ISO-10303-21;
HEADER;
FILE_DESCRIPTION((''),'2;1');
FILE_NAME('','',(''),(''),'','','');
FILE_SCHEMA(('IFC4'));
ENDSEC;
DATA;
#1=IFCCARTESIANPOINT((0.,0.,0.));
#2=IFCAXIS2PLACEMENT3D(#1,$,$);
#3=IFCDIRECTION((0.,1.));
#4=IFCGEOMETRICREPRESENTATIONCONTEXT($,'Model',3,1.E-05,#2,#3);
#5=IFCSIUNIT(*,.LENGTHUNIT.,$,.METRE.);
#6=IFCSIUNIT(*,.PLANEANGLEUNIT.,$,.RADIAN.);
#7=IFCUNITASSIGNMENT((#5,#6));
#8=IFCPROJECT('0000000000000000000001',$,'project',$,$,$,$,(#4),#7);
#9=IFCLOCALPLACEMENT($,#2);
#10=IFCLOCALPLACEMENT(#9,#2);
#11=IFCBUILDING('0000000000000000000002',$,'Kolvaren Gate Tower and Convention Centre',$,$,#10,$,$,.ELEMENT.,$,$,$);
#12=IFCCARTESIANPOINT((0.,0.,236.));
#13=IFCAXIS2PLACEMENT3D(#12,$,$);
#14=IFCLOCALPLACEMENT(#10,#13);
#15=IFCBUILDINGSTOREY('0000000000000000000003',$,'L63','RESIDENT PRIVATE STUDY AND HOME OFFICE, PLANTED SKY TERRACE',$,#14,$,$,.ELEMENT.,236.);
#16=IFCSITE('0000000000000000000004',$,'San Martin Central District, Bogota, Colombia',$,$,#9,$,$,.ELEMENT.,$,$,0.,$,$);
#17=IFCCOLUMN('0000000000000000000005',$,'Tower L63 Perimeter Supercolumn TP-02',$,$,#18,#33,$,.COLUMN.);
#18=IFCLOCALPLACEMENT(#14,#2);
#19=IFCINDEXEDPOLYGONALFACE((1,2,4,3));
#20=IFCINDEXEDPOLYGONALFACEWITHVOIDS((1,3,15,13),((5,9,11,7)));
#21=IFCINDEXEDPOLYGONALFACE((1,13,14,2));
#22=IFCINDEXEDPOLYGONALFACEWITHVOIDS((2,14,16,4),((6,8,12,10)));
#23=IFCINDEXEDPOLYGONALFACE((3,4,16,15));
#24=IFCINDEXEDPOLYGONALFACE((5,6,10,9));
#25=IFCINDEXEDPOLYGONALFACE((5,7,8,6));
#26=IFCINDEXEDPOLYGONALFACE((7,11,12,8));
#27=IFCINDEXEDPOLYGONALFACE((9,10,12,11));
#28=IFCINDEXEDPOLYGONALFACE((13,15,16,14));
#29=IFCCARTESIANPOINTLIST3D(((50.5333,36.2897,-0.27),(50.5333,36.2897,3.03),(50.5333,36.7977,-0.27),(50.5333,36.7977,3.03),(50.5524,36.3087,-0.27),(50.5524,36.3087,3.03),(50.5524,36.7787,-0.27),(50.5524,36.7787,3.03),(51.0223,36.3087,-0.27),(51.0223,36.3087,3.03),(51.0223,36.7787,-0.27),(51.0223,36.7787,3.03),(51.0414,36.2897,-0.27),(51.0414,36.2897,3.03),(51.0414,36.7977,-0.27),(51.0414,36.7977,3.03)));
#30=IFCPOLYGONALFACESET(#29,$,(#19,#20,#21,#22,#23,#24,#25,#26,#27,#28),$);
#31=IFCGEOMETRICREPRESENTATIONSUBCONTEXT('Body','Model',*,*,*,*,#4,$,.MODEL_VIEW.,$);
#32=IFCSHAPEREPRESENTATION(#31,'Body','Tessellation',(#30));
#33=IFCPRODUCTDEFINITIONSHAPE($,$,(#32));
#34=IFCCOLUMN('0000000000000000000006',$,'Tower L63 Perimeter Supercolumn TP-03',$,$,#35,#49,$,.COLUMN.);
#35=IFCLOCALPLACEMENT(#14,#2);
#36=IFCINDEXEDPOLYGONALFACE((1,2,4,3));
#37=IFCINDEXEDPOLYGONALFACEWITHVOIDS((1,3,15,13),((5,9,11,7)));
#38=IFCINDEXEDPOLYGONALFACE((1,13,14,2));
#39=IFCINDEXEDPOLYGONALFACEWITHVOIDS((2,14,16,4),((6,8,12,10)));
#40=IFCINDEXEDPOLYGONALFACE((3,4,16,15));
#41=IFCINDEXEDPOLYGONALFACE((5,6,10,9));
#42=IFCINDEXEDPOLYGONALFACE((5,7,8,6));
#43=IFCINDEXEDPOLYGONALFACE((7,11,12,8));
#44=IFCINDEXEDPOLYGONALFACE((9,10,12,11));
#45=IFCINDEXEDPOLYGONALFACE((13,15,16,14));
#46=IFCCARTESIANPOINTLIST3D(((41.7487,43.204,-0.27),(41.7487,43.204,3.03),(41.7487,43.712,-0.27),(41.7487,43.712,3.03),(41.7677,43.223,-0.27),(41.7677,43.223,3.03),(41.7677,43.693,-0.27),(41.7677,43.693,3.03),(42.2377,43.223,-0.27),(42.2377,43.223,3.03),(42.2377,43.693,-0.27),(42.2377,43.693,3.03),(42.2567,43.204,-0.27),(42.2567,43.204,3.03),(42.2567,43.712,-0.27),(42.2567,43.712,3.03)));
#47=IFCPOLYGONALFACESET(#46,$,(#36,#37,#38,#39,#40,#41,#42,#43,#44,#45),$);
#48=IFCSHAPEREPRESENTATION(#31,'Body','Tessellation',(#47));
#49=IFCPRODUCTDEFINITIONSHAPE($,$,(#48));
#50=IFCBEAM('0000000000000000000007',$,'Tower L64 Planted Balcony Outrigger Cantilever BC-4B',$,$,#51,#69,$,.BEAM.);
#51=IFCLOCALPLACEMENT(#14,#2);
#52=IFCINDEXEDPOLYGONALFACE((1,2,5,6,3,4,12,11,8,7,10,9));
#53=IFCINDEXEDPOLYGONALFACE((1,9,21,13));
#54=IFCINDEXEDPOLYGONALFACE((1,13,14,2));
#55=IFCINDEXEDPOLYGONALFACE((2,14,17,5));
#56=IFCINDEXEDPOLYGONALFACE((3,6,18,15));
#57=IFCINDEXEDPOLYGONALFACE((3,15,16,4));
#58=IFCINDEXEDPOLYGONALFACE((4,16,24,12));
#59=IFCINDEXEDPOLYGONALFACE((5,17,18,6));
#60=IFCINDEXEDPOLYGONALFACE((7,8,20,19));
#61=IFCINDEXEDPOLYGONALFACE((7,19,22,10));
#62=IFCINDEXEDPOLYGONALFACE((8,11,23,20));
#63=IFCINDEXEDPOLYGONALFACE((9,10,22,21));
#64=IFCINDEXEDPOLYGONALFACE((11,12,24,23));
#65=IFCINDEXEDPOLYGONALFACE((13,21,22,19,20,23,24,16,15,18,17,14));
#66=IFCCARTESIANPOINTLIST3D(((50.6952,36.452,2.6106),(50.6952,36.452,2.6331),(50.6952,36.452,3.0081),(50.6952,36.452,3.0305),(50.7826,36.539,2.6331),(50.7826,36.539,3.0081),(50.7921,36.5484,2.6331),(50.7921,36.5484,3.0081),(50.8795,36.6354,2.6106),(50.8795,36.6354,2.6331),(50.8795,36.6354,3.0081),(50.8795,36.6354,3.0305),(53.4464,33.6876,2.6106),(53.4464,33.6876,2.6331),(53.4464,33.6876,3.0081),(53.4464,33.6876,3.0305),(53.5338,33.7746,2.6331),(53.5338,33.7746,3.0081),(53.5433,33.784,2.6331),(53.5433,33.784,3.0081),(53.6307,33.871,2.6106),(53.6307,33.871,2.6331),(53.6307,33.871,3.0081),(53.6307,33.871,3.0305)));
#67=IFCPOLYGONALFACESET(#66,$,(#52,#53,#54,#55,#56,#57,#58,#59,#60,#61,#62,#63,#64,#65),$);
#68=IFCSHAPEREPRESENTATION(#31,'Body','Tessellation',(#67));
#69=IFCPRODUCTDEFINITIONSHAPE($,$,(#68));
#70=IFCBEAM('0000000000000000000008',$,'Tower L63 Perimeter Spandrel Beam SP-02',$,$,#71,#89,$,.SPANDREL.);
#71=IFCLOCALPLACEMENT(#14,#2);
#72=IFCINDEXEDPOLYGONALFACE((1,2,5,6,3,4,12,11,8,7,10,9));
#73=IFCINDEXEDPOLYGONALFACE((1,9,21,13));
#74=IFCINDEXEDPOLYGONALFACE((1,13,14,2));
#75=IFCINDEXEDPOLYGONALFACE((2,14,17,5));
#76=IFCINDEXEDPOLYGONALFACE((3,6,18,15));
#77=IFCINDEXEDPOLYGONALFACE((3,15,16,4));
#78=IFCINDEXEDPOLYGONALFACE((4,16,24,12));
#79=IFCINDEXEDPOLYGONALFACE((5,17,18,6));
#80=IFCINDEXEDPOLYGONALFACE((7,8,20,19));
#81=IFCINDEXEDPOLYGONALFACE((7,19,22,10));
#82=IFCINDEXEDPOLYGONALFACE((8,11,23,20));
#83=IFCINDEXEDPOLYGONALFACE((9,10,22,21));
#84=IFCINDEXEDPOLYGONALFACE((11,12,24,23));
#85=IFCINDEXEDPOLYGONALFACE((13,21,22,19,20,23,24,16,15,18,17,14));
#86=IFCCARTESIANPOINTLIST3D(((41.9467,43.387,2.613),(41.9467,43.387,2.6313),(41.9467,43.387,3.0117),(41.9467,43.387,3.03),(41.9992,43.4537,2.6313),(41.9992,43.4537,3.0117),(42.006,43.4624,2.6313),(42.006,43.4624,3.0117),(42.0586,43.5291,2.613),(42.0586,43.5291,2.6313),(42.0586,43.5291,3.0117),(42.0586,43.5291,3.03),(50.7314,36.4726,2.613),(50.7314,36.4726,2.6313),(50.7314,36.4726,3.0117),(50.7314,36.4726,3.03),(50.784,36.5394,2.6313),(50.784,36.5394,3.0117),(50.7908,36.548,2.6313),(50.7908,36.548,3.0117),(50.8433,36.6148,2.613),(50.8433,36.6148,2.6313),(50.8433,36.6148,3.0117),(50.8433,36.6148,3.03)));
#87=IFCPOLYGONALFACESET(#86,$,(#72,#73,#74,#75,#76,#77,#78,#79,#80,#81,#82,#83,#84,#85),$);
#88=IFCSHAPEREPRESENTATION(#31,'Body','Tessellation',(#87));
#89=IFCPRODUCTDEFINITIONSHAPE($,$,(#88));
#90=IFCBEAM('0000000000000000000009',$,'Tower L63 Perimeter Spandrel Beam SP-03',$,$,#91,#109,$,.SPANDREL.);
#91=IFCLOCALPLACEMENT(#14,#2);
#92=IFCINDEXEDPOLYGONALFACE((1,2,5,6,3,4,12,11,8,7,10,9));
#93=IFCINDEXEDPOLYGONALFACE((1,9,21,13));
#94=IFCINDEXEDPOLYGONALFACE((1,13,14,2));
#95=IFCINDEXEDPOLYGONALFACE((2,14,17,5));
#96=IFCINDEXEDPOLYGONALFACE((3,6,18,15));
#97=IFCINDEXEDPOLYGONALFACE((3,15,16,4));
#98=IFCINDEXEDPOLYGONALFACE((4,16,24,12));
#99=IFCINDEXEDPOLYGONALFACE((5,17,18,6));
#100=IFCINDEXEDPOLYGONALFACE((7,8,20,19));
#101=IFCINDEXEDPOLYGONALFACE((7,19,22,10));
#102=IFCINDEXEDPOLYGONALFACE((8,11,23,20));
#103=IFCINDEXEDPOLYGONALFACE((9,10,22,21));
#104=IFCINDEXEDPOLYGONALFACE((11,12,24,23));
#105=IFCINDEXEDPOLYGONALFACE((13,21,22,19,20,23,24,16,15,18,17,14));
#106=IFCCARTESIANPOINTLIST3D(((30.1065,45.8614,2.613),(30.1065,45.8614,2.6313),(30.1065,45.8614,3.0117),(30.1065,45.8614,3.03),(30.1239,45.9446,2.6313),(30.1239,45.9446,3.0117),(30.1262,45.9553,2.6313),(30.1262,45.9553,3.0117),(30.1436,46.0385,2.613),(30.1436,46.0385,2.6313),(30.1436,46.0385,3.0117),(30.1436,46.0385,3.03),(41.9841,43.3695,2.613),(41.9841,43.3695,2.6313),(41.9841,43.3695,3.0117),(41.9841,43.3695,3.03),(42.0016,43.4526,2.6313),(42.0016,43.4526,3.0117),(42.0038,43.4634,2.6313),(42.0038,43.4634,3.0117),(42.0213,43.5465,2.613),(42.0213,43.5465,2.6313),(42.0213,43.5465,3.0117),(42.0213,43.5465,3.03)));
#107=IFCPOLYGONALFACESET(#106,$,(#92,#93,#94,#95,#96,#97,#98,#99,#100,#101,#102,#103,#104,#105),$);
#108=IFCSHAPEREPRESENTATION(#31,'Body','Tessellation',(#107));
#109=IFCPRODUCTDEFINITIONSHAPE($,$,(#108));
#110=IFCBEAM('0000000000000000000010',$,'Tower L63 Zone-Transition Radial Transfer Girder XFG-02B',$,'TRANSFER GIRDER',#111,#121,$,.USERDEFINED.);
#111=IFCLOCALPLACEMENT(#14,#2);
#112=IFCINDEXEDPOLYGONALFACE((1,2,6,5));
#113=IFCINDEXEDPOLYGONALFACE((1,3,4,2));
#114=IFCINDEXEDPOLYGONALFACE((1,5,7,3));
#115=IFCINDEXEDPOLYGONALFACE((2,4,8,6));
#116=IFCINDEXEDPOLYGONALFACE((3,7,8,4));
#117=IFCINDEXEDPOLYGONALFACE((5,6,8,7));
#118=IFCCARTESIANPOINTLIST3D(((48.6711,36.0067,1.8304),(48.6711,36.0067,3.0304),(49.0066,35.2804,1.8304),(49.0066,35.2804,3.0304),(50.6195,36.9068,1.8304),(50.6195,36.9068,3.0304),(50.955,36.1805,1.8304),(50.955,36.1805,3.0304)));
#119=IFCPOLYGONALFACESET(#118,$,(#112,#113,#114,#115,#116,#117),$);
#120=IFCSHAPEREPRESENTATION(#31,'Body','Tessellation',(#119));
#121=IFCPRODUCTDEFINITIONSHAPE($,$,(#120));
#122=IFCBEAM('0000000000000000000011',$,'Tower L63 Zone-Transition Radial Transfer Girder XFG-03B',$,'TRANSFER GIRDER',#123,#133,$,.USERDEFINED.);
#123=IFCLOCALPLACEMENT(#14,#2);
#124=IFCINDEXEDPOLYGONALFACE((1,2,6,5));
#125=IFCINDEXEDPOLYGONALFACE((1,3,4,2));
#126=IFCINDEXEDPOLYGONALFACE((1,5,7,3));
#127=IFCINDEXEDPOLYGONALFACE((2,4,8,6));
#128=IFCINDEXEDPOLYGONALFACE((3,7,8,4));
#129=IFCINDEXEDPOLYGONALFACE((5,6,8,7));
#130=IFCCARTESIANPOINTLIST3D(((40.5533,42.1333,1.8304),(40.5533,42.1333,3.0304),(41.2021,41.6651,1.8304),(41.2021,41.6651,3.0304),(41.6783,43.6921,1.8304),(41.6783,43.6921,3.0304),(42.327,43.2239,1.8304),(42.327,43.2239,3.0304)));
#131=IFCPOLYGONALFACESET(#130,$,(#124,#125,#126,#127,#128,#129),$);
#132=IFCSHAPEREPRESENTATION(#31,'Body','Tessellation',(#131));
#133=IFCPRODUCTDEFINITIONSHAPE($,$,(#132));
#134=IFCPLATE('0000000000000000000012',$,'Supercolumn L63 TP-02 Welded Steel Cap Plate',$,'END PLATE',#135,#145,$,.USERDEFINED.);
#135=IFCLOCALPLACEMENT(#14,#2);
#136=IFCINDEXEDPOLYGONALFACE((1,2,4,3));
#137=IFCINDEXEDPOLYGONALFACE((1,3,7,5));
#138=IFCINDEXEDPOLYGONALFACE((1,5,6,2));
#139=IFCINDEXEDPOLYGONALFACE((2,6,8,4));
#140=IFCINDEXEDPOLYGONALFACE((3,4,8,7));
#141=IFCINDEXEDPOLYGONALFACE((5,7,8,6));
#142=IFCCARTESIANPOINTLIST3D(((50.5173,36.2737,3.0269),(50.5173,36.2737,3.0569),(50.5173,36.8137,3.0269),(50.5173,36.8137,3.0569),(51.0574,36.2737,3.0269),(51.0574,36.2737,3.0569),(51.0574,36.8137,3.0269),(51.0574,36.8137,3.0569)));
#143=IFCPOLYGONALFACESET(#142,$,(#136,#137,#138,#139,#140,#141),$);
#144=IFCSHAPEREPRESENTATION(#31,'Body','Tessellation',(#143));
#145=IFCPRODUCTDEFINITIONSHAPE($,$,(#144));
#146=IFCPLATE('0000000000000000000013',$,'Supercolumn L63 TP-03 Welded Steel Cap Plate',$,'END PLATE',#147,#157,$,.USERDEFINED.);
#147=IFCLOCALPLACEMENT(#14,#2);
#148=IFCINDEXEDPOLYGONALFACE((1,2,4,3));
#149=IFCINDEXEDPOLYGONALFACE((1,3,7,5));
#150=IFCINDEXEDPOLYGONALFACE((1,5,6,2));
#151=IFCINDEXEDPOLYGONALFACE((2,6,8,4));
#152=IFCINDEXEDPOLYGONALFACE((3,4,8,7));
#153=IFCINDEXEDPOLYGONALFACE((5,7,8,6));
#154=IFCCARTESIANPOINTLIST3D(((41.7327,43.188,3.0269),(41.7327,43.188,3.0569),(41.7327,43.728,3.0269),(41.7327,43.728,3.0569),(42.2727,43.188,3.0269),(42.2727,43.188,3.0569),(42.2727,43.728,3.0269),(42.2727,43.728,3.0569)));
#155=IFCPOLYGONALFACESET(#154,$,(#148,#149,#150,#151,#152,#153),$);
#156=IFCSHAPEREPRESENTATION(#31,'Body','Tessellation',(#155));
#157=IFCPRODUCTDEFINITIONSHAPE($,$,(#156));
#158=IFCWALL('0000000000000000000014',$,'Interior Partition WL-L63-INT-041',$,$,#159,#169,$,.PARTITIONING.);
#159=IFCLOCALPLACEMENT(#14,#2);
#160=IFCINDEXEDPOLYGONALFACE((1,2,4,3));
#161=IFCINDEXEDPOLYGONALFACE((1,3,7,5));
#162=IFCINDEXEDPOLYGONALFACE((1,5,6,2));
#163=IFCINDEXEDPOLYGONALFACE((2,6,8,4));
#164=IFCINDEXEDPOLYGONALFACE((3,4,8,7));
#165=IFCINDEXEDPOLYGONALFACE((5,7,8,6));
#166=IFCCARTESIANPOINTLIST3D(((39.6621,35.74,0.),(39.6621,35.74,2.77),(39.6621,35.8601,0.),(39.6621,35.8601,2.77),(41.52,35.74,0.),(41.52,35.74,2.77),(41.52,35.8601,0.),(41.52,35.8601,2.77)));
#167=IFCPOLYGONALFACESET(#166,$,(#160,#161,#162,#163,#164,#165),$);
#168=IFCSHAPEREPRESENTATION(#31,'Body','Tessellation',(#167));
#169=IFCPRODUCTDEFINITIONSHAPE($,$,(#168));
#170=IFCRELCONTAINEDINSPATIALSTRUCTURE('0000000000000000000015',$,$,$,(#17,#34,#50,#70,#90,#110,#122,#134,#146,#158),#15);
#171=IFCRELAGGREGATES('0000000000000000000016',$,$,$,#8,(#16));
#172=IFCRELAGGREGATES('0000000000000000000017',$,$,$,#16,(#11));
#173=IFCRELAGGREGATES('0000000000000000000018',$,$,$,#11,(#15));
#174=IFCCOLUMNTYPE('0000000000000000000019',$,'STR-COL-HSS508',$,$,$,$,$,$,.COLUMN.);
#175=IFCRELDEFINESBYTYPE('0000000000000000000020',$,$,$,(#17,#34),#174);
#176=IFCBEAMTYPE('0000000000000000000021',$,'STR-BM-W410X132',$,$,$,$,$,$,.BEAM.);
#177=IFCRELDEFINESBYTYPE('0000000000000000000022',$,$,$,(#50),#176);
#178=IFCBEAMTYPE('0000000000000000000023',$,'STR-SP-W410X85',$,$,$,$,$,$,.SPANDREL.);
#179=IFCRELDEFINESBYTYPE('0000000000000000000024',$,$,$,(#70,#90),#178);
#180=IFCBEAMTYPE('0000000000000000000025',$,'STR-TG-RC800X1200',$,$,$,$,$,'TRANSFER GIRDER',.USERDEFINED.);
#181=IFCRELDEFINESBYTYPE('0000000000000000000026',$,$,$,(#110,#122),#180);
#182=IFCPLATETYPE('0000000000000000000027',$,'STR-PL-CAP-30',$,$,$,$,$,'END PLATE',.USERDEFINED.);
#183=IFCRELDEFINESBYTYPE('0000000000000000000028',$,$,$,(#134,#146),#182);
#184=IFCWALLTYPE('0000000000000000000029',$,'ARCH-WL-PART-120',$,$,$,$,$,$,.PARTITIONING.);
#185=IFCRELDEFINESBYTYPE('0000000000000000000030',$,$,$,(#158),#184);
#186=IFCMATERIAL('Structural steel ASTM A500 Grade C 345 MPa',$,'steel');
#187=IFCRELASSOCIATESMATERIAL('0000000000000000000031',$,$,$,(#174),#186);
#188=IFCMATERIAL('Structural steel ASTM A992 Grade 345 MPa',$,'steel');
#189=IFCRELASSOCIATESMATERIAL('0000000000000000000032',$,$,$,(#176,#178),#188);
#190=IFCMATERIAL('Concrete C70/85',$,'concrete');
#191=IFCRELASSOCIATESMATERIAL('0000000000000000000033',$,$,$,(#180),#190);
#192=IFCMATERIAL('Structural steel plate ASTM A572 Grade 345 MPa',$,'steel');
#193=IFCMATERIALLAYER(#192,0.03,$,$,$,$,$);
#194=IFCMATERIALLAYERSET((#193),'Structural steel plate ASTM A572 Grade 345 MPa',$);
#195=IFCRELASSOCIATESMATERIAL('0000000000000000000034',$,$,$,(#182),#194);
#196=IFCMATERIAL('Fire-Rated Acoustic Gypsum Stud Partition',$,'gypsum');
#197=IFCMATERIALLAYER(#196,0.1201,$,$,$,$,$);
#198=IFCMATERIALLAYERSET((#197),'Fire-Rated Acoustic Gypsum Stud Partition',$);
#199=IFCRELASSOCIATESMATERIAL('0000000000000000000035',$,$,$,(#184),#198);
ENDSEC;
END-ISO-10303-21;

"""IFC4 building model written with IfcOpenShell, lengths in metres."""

from ifc_helpers import new_model, si_unit, direction, frame, frame_2d, origin, origin_2d, place, context, subcontext, project, spatial, rectangle, hollow_rectangle, i_section, extrude, material, layer, layer_set, material_profile, profile_set, type_object, element, save


model = new_model("IFC4")

# Units and contexts
model_context = context("Model", 3, precision=1e-05, world=origin(), true_north=direction((0.0, 1.0)))
body_context = subcontext(model_context, "Body", "Model", "MODEL_VIEW")
ifc_project = project(units=[si_unit("LENGTHUNIT", "METRE"), si_unit("PLANEANGLEUNIT", "RADIAN")], contexts=[model_context])

# Site, building, storey
site_placement = place(None, origin())
site = spatial("IfcSite", under=ifc_project, at=site_placement, Name="San Martin Central District, Bogota, Colombia", CompositionType="ELEMENT", RefElevation=0.0)
building_placement = place(site_placement, origin())
building = spatial("IfcBuilding", under=site, at=building_placement, Name="Kolvaren Gate Tower and Convention Centre", CompositionType="ELEMENT")
storey_placement = place(building_placement, frame((0.0, 0.0, 236.0)))
storey = spatial("IfcBuildingStorey", under=building, at=storey_placement, Name="L63", Description="RESIDENT PRIVATE STUDY AND HOME OFFICE, PLANTED SKY TERRACE", CompositionType="ELEMENT", Elevation=236.0)

# Columns
ifc_material_1 = material(Name="Structural steel ASTM A500 Grade C 345 MPa", Category="steel")
ifc_material_profile_1 = material_profile(ifc_material_1, hollow_rectangle(XDim=0.5081, YDim=0.5081, WallThickness=0.019, at=origin_2d()), Name="HSS508X508X19.1")
ifc_profile_set_1 = profile_set([ifc_material_profile_1], Name="Structural steel ASTM A500 Grade C 345 MPa")
column_type = type_object("IfcColumnType", Name="STR-COL-HSS508", PredefinedType="COLUMN", material=ifc_profile_set_1)
for number, where, z_axis, x_axis, name in (
    (1, (50.7874, 36.5437, -0.27), (0.0, 0.0, 1.0), (1.0, 0.0, 0.0), "Tower L63 Perimeter Supercolumn TP-02"),
    (2, (42.0027, 43.458, -0.27), (0.0, 0.0, 1.0), (1.0, 0.0, 0.0), "Tower L63 Perimeter Supercolumn TP-03"),
):
    element("IfcColumn", number, at=place(storey_placement, frame(where, z_axis=z_axis, x_axis=x_axis)), inside=storey, type_object=column_type, Name=name, PredefinedType="COLUMN", context=body_context, shape_type="SweptSolid", body=[
        extrude(hollow_rectangle(XDim=0.5081, YDim=0.5081, WallThickness=0.019, at=origin_2d()), origin(), (0.0, 0.0, 1.0), 3.3),
    ])

# Beams
ifc_material_2 = material(Name="Structural steel ASTM A992 Grade 345 MPa", Category="steel")
ifc_material_profile_2 = material_profile(ifc_material_2, i_section(OverallWidth=0.26, OverallDepth=0.4199, WebThickness=0.0134, FlangeThickness=0.0225, at=origin_2d()), Name="W410X132")
ifc_profile_set_2 = profile_set([ifc_material_profile_2], Name="Structural steel ASTM A992 Grade 345 MPa")
beam_type_1 = type_object("IfcBeamType", Name="STR-BM-W410X132", PredefinedType="BEAM", material=ifc_profile_set_2)
beam_1_placement = place(storey_placement, frame((50.7874, 36.5437, 2.8206), z_axis=(0.705415, -0.708795, 0.0), x_axis=(0.708795, 0.705415, 0.0)))
element("IfcBeam", 3, at=beam_1_placement, inside=storey, type_object=beam_type_1, Name="Tower L64 Planted Balcony Outrigger Cantilever BC-4B", PredefinedType="BEAM", context=body_context, shape_type="SweptSolid", body=[
    extrude(i_section(OverallWidth=0.26, OverallDepth=0.4199, WebThickness=0.0134, FlangeThickness=0.0225, at=origin_2d()), origin(), (0.0, 0.0, 1.0), 3.9001),
])
ifc_material_profile_3 = material_profile(ifc_material_2, i_section(OverallWidth=0.1809, OverallDepth=0.417, WebThickness=0.011, FlangeThickness=0.0183, at=origin_2d()), Name="W410X85")
ifc_profile_set_3 = profile_set([ifc_material_profile_3], Name="Structural steel ASTM A992 Grade 345 MPa")
beam_type_2 = type_object("IfcBeamType", Name="STR-SP-W410X85", PredefinedType="SPANDREL", material=ifc_profile_set_3)
beam_2_placement = place(storey_placement, frame((50.7874, 36.5437, 2.8215), z_axis=(-0.785794, 0.618489, 0.0), x_axis=(-0.618489, -0.785794, 0.0)))
element("IfcBeam", 4, at=beam_2_placement, inside=storey, type_object=beam_type_2, Name="Tower L63 Perimeter Spandrel Beam SP-02", PredefinedType="SPANDREL", context=body_context, shape_type="SweptSolid", body=[
    extrude(i_section(OverallWidth=0.1809, OverallDepth=0.417, WebThickness=0.011, FlangeThickness=0.0183, at=origin_2d()), origin(), (0.0, 0.0, 1.0), 11.1794),
])
beam_3_placement = place(storey_placement, frame((42.0027, 43.458, 2.8215), z_axis=(-0.978693, 0.20533, 0.0), x_axis=(-0.20533, -0.978693, 0.0)))
element("IfcBeam", 5, at=beam_3_placement, inside=storey, type_object=beam_type_2, Name="Tower L63 Perimeter Spandrel Beam SP-03", PredefinedType="SPANDREL", context=body_context, shape_type="SweptSolid", body=[
    extrude(i_section(OverallWidth=0.1809, OverallDepth=0.417, WebThickness=0.011, FlangeThickness=0.0183, at=origin_2d()), origin(), (0.0, 0.0, 1.0), 12.1362),
])
ifc_material_3 = material(Name="Concrete C70/85", Category="concrete")
ifc_material_profile_4 = material_profile(ifc_material_3, rectangle(XDim=0.8, YDim=1.2, at=origin_2d()), Name="RC-BM-800X1200")
ifc_profile_set_4 = profile_set([ifc_material_profile_4], Name="Concrete C70/85")
beam_type_3 = type_object("IfcBeamType", Name="STR-TG-RC800X1200", ElementType="TRANSFER GIRDER", PredefinedType="USERDEFINED", material=ifc_profile_set_4)
beam_4_placement = place(storey_placement, frame((48.8389, 35.6436, 2.4304), z_axis=(0.90781, 0.419383, 0.0), x_axis=(-0.419383, 0.90781, 0.0)))
element("IfcBeam", 6, at=beam_4_placement, inside=storey, type_object=beam_type_3, Name="Tower L63 Zone-Transition Radial Transfer Girder XFG-02B", ObjectType="TRANSFER GIRDER", PredefinedType="USERDEFINED", context=body_context, shape_type="SweptSolid", body=[
    extrude(rectangle(XDim=0.8, YDim=1.2, at=origin_2d()), origin(), (0.0, 0.0, 1.0), 2.1462),
])
beam_5_placement = place(storey_placement, frame((40.8777, 41.8992, 2.4304), z_axis=(0.585208, 0.810883, 0.0), x_axis=(-0.810883, 0.585208, 0.0)))
element("IfcBeam", 7, at=beam_5_placement, inside=storey, type_object=beam_type_3, Name="Tower L63 Zone-Transition Radial Transfer Girder XFG-03B", ObjectType="TRANSFER GIRDER", PredefinedType="USERDEFINED", context=body_context, shape_type="SweptSolid", body=[
    extrude(rectangle(XDim=0.8, YDim=1.2, at=origin_2d()), origin(), (0.0, 0.0, 1.0), 1.9224),
])

# Plates
ifc_material_4 = material(Name="Structural steel plate ASTM A572 Grade 345 MPa", Category="steel")
ifc_layer_1 = layer(ifc_material_4, 0.03)
ifc_layer_set_1 = layer_set([ifc_layer_1], Name="Structural steel plate ASTM A572 Grade 345 MPa")
plate_type = type_object("IfcPlateType", Name="STR-PL-CAP-30", ElementType="END PLATE", PredefinedType="USERDEFINED", material=ifc_layer_set_1)
for number, where, z_axis, x_axis, name in (
    (8, (50.7874, 36.5437, 3.0269), (0.0, 0.0, 1.0), (1.0, 0.0, 0.0), "Supercolumn L63 TP-02 Welded Steel Cap Plate"),
    (9, (42.0027, 43.458, 3.0269), (0.0, 0.0, 1.0), (1.0, 0.0, 0.0), "Supercolumn L63 TP-03 Welded Steel Cap Plate"),
):
    element("IfcPlate", number, at=place(storey_placement, frame(where, z_axis=z_axis, x_axis=x_axis)), inside=storey, type_object=plate_type, Name=name, ObjectType="END PLATE", PredefinedType="USERDEFINED", context=body_context, shape_type="SweptSolid", body=[
        extrude(rectangle(XDim=0.54, YDim=0.54, at=origin_2d()), origin(), (0.0, 0.0, 1.0), 0.03),
    ])

# Wall
ifc_material_5 = material(Name="Fire-Rated Acoustic Gypsum Stud Partition", Category="gypsum")
ifc_layer_2 = layer(ifc_material_5, 0.1201)
ifc_layer_set_2 = layer_set([ifc_layer_2], Name="Fire-Rated Acoustic Gypsum Stud Partition")
wall_type_1 = type_object("IfcWallType", Name="ARCH-WL-PART-120", PredefinedType="PARTITIONING", material=ifc_layer_set_2)
wall_1_placement = place(storey_placement, frame((39.6621, 35.8, 0.0), z_axis=(0.0, 0.0, 1.0), x_axis=(1.0, 0.0, 0.0)))
element("IfcWall", 10, at=wall_1_placement, inside=storey, type_object=wall_type_1, Name="Interior Partition WL-L63-INT-041", PredefinedType="PARTITIONING", context=body_context, shape_type="SweptSolid", body=[
    extrude(rectangle(XDim=1.8579, YDim=0.1201, at=frame_2d((0.929, 0.0))), origin(), (0.0, 0.0, 1.0), 2.77),
])

save(model, "model.ifc")
